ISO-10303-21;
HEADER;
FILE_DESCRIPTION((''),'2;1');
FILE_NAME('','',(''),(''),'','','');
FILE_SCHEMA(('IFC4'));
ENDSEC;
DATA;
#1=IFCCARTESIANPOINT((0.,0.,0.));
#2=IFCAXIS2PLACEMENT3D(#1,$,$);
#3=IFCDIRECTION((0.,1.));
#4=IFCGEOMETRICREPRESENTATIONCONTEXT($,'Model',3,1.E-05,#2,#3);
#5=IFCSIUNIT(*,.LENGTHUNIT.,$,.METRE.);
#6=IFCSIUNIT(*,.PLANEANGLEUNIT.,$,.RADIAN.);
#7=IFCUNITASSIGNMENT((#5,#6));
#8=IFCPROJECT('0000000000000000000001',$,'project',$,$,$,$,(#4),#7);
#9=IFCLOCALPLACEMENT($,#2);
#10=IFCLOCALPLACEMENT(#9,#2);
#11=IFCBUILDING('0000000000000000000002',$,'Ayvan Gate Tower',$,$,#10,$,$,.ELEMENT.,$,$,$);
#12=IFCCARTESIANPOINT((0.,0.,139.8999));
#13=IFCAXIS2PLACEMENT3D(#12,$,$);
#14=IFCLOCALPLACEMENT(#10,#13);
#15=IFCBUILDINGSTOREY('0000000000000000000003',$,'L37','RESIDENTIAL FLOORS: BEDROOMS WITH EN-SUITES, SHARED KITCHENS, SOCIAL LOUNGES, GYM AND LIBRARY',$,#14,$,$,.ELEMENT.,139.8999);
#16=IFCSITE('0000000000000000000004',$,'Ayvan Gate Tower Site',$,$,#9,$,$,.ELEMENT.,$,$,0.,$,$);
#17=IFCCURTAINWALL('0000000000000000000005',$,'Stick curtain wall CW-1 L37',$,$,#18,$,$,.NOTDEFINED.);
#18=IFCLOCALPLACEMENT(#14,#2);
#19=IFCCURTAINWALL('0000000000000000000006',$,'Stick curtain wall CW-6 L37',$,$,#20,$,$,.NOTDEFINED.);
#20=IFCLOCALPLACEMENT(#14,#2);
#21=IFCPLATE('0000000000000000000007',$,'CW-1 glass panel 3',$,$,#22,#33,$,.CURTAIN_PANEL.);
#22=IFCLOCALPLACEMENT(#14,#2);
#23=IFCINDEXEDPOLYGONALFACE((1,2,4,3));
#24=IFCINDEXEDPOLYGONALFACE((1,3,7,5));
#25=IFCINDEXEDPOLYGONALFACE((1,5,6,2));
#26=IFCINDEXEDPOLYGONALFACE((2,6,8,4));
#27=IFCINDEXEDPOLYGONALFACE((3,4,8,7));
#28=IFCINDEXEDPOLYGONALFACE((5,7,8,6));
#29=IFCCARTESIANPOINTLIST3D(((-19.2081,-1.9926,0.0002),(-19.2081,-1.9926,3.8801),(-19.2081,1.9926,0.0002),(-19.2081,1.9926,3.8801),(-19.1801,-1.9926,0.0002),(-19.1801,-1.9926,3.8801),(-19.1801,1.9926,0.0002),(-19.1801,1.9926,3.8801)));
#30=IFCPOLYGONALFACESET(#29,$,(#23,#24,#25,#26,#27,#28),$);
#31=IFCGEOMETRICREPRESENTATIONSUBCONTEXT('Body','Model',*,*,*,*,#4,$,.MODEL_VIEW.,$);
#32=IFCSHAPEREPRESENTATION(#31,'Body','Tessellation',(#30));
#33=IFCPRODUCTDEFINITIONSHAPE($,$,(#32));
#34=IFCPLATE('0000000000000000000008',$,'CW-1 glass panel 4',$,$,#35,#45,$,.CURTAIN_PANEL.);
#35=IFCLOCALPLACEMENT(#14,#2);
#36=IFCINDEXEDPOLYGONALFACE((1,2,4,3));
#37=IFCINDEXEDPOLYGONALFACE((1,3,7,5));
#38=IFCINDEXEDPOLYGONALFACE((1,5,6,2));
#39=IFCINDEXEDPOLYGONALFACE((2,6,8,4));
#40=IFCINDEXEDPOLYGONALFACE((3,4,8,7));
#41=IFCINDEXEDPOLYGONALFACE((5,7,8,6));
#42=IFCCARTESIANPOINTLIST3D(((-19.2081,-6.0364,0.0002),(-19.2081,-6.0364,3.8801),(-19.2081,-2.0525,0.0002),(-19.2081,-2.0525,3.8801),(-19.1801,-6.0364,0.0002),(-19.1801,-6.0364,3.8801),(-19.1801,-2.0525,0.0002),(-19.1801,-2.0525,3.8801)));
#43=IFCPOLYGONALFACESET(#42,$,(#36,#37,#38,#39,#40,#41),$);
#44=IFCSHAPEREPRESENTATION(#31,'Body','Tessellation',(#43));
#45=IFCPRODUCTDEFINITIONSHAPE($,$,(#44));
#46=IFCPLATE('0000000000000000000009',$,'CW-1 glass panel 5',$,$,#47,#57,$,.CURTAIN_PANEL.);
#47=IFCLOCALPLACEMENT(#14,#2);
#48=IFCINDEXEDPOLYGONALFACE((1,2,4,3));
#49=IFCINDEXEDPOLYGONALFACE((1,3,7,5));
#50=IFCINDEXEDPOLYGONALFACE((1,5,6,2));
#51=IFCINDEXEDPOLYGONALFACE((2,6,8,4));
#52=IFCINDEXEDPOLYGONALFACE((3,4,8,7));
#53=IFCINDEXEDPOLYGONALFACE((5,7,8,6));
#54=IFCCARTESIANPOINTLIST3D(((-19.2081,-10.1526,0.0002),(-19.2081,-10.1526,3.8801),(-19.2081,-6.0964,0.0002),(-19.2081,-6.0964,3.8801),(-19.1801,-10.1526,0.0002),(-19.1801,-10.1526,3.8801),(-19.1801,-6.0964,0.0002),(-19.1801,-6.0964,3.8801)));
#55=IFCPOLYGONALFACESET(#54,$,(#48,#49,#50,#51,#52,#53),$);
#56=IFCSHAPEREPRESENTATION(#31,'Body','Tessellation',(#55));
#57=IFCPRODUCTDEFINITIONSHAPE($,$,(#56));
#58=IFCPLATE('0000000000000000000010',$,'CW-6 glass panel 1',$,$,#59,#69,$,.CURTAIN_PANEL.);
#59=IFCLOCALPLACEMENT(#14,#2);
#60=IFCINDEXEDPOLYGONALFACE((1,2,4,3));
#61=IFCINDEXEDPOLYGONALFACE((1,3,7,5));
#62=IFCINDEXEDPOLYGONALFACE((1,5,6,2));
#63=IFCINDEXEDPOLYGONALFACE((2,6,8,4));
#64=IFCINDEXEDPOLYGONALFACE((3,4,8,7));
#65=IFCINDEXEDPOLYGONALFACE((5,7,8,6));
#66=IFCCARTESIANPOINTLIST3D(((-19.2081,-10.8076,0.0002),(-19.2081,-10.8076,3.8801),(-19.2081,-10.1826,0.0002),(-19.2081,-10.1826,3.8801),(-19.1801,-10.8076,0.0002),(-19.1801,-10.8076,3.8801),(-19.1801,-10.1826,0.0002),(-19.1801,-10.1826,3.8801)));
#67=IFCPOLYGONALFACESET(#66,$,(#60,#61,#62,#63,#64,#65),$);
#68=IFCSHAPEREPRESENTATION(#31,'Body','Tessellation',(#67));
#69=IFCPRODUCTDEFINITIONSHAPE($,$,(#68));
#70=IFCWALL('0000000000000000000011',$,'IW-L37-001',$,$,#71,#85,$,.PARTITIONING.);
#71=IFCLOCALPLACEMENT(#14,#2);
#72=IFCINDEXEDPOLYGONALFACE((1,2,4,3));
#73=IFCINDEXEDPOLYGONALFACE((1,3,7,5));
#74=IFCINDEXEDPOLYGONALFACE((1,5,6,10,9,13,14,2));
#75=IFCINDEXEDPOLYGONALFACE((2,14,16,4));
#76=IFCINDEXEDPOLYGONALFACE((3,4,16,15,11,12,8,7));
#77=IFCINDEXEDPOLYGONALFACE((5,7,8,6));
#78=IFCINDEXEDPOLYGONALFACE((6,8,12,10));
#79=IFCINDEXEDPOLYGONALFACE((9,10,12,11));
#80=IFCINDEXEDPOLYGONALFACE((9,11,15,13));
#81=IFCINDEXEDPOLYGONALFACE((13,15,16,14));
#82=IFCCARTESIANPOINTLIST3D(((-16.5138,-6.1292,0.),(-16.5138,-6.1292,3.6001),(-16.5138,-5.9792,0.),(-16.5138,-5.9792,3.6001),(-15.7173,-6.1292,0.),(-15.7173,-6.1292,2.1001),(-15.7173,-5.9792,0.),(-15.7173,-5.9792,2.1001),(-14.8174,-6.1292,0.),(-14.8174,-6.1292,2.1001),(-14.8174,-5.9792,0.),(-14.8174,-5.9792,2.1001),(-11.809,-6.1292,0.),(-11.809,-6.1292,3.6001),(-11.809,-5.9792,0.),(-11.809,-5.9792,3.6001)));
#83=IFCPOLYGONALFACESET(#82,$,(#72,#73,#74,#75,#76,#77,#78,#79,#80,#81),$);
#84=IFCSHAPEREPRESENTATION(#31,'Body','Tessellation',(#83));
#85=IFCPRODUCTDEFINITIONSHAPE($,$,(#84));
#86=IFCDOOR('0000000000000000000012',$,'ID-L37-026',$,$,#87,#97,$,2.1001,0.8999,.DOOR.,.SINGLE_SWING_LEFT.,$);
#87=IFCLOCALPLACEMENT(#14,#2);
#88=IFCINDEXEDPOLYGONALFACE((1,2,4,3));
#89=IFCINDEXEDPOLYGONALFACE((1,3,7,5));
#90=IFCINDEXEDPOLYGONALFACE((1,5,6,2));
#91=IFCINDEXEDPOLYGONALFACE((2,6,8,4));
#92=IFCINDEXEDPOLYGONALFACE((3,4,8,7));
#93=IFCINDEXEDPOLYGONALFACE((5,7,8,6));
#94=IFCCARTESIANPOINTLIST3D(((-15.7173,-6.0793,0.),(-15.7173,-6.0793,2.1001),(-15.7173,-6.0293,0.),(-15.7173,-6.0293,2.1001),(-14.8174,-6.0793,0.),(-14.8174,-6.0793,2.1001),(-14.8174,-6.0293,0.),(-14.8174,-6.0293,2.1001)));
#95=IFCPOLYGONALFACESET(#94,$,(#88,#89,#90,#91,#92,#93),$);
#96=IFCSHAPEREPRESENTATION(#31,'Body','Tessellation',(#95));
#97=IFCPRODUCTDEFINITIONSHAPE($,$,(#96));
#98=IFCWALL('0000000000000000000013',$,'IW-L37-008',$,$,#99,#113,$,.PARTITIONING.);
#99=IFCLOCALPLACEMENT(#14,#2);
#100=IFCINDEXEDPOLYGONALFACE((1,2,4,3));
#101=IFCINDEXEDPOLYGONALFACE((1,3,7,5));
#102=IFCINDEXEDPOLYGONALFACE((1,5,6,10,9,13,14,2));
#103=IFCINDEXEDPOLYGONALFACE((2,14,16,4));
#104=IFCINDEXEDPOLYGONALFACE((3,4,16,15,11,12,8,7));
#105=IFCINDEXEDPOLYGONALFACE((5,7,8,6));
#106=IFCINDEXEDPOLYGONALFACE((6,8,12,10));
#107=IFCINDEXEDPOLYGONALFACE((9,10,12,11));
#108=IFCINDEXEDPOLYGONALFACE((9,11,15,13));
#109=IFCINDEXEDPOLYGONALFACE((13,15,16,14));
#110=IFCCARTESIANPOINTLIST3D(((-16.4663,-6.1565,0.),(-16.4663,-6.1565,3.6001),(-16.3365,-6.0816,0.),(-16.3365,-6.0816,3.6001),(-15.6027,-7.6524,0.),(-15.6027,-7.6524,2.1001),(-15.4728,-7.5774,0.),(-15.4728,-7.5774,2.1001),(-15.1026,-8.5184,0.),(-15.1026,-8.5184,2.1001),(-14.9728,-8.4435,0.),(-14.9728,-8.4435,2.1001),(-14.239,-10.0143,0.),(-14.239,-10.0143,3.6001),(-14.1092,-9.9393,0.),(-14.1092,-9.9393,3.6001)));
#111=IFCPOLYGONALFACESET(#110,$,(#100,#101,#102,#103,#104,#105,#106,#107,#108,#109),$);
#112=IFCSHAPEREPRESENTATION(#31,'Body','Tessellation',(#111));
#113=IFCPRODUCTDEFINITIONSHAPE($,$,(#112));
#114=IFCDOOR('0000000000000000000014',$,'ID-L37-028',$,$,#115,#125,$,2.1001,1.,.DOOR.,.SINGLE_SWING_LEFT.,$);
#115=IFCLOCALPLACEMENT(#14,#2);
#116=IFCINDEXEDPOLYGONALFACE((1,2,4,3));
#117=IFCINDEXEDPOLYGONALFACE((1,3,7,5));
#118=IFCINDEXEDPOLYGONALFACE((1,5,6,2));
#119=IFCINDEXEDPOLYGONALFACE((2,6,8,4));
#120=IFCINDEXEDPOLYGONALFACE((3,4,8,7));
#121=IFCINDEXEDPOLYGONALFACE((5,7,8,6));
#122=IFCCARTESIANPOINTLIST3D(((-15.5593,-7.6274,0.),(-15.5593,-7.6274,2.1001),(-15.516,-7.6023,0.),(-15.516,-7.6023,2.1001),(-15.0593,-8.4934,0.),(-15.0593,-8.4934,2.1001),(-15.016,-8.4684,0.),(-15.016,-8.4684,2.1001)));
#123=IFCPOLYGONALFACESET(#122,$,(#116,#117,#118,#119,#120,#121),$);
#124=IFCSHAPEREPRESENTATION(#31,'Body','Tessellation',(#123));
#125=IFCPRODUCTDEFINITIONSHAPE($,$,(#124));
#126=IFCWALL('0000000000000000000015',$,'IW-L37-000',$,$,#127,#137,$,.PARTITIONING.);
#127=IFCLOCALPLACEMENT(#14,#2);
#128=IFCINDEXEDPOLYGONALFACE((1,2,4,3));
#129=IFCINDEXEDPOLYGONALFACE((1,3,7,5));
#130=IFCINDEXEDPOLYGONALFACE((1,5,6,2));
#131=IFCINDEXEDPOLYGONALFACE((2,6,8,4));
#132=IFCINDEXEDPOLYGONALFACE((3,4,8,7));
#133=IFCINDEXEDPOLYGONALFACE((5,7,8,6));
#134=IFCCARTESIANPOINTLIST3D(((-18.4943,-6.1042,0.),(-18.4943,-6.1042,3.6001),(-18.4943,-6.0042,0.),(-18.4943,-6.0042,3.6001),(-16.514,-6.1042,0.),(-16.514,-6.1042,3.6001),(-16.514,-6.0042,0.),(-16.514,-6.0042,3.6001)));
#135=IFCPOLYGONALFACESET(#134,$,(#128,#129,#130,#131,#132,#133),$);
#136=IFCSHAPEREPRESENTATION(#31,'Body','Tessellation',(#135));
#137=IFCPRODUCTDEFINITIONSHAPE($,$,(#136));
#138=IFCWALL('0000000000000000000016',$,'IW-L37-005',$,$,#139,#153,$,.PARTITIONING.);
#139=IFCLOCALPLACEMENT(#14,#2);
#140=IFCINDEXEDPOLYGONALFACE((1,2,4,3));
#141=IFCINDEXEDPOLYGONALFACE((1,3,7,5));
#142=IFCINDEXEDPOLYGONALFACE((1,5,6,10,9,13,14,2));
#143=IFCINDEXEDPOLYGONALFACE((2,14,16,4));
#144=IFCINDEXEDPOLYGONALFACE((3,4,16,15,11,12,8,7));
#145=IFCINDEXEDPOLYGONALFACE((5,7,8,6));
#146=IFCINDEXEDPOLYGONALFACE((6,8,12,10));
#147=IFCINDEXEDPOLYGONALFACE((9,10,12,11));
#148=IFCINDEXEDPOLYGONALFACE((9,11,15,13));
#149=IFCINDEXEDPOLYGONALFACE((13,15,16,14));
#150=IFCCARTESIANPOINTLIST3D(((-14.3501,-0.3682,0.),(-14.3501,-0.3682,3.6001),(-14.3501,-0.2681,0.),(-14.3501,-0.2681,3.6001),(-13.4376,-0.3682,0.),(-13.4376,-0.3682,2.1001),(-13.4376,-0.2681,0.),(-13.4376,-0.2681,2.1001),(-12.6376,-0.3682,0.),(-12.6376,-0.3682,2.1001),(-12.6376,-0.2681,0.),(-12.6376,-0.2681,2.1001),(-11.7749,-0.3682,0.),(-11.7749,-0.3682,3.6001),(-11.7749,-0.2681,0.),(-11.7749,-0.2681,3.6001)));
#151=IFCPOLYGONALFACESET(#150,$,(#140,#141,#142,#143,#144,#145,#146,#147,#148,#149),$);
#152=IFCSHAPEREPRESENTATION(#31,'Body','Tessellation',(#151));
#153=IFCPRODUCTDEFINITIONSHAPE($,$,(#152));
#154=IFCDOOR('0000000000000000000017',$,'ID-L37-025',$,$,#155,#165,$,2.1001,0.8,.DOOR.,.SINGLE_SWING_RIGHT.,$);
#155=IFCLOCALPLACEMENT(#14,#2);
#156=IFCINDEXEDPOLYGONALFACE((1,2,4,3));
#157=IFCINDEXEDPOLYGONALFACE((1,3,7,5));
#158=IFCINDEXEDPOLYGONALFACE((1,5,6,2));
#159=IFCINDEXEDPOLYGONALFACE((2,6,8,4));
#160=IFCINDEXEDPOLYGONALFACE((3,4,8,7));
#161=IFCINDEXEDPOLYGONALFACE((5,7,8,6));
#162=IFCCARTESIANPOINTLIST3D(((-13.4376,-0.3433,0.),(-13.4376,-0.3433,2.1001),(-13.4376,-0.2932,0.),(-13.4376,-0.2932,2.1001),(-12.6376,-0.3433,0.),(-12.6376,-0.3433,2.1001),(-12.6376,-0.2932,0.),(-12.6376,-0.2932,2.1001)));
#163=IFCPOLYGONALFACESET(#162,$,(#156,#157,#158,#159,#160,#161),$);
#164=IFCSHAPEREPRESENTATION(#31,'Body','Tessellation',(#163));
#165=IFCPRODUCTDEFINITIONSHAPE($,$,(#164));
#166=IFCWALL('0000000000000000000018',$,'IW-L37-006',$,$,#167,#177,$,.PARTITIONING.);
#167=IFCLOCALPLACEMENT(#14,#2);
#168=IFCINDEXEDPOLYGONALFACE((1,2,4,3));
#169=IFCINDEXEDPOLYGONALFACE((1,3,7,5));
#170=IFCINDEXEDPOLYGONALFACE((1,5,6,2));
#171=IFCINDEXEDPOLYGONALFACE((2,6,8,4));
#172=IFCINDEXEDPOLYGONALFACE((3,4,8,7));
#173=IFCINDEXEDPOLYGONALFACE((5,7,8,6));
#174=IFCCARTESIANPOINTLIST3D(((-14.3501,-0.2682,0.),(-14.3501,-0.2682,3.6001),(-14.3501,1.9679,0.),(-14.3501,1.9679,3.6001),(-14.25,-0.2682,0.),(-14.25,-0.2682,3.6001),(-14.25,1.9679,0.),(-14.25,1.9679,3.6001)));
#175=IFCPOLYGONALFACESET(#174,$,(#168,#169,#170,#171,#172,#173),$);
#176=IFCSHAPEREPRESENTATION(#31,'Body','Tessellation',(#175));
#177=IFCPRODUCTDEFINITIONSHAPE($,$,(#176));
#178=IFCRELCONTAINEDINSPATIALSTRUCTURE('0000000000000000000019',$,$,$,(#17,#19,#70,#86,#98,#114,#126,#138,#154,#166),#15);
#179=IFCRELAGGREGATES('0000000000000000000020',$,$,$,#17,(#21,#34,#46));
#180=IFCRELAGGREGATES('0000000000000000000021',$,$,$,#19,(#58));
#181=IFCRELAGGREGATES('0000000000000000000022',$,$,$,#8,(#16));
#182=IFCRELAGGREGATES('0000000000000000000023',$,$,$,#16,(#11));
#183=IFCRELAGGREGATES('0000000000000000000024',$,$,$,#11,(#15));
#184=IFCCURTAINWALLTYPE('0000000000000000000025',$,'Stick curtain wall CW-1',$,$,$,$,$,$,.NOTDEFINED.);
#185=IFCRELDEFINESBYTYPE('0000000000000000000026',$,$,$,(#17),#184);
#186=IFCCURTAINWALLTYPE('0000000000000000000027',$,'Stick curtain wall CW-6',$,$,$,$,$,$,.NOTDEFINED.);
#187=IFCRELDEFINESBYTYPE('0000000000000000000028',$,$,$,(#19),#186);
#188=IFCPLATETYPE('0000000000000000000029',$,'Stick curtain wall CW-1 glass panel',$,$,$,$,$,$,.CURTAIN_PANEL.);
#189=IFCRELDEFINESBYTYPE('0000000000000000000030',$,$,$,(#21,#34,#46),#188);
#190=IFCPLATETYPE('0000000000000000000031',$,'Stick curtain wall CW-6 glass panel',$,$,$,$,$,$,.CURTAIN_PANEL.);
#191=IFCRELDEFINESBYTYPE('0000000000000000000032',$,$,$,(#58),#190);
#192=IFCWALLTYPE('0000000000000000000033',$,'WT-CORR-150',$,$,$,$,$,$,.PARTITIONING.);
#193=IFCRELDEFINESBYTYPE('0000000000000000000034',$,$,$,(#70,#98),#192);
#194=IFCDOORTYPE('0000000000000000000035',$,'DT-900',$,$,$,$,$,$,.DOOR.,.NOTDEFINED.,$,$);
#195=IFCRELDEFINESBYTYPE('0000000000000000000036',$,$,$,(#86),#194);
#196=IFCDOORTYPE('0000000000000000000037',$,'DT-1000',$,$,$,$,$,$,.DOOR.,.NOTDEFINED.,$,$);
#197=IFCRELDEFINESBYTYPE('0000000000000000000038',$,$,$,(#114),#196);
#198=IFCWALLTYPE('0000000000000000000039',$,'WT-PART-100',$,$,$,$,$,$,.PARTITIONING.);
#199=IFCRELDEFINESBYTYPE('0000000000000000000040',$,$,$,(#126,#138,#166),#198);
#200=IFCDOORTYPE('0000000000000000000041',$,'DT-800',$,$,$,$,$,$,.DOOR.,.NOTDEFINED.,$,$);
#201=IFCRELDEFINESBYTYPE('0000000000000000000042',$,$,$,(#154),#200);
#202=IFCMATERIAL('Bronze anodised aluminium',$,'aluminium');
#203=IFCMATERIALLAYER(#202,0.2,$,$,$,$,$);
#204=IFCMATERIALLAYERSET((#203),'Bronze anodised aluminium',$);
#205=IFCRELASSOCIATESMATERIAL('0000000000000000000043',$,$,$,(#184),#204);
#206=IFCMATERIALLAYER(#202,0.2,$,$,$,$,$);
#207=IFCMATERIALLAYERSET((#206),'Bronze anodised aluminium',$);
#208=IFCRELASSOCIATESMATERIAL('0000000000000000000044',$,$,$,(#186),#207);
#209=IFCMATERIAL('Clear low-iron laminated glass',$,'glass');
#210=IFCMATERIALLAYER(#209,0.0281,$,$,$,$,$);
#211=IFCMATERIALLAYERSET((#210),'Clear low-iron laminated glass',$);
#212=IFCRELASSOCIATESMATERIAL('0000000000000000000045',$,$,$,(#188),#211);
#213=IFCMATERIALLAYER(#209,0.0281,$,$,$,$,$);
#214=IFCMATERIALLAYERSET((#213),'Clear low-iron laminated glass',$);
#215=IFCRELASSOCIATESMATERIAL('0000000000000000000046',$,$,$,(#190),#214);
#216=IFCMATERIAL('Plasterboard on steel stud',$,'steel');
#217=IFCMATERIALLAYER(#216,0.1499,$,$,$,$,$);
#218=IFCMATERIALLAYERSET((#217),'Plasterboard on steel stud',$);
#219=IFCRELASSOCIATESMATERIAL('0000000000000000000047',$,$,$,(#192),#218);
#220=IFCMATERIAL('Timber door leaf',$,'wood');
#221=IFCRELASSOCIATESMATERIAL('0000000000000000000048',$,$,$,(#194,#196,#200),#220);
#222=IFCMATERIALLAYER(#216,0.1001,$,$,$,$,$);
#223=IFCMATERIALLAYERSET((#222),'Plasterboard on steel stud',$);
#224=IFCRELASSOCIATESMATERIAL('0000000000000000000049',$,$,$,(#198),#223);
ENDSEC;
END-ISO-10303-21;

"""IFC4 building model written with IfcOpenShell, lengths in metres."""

from ifc_helpers import new_model, si_unit, direction, frame, frame_2d, origin, origin_2d, place, context, subcontext, project, spatial, rectangle, extrude, material, layer, layer_set, type_object, element, fill, aggregate, save


model = new_model("IFC4")

# Units and contexts
model_context = context("Model", 3, precision=1e-05, world=origin(), true_north=direction((0.0, 1.0)))
body_context = subcontext(model_context, "Body", "Model", "MODEL_VIEW")
ifc_project = project(units=[si_unit("LENGTHUNIT", "METRE"), si_unit("PLANEANGLEUNIT", "RADIAN")], contexts=[model_context])

# Site, building, storey
site_placement = place(None, origin())
site = spatial("IfcSite", under=ifc_project, at=site_placement, Name="Ayvan Gate Tower Site", CompositionType="ELEMENT", RefElevation=0.0)
building_placement = place(site_placement, origin())
building = spatial("IfcBuilding", under=site, at=building_placement, Name="Ayvan Gate Tower", CompositionType="ELEMENT")
storey_placement = place(building_placement, frame((0.0, 0.0, 139.8999)))
storey = spatial("IfcBuildingStorey", under=building, at=storey_placement, Name="L37", Description="RESIDENTIAL FLOORS: BEDROOMS WITH EN-SUITES, SHARED KITCHENS, SOCIAL LOUNGES, GYM AND LIBRARY", CompositionType="ELEMENT", Elevation=139.8999)

# Curtain wall
ifc_material_1 = material(Name="Bronze anodised aluminium", Category="aluminium")
ifc_layer_1 = layer(ifc_material_1, 0.2)
ifc_layer_set_1 = layer_set([ifc_layer_1], Name="Bronze anodised aluminium")
curtain_wall_type_1 = type_object("IfcCurtainWallType", Name="Stick curtain wall CW-1", PredefinedType="NOTDEFINED", material=ifc_layer_set_1)
curtain_wall_1_placement = place(storey_placement, origin())
curtain_wall_1 = element("IfcCurtainWall", 1, at=curtain_wall_1_placement, inside=storey, type_object=curtain_wall_type_1, Name="Stick curtain wall CW-1 L37", PredefinedType="NOTDEFINED")

# Curtain wall
ifc_layer_2 = layer(ifc_material_1, 0.2)
ifc_layer_set_2 = layer_set([ifc_layer_2], Name="Bronze anodised aluminium")
curtain_wall_type_2 = type_object("IfcCurtainWallType", Name="Stick curtain wall CW-6", PredefinedType="NOTDEFINED", material=ifc_layer_set_2)
curtain_wall_2_placement = place(storey_placement, origin())
curtain_wall_2 = element("IfcCurtainWall", 2, at=curtain_wall_2_placement, inside=storey, type_object=curtain_wall_type_2, Name="Stick curtain wall CW-6 L37", PredefinedType="NOTDEFINED")

# Plates
ifc_material_2 = material(Name="Clear low-iron laminated glass", Category="glass")
ifc_layer_3 = layer(ifc_material_2, 0.0281)
ifc_layer_set_3 = layer_set([ifc_layer_3], Name="Clear low-iron laminated glass")
plate_type_1 = type_object("IfcPlateType", Name="Stick curtain wall CW-1 glass panel", PredefinedType="CURTAIN_PANEL", material=ifc_layer_set_3)
plate_1_placement = place(storey_placement, frame((-19.1941, 0.0, 0.0002), z_axis=(0.0, 0.0, 1.0), x_axis=(0.0, -1.0, 0.0)))
plate_1 = element("IfcPlate", 3, at=plate_1_placement, type_object=plate_type_1, Name="CW-1 glass panel 3", PredefinedType="CURTAIN_PANEL", context=body_context, shape_type="SweptSolid", body=[
    extrude(rectangle(XDim=3.9851, YDim=0.0281, at=origin_2d()), origin(), (0.0, 0.0, 1.0), 3.8799),
])
plate_2_placement = place(storey_placement, frame((-19.1941, -4.0444, 0.0002), z_axis=(0.0, 0.0, 1.0), x_axis=(0.0, -1.0, 0.0)))
plate_2 = element("IfcPlate", 4, at=plate_2_placement, type_object=plate_type_1, Name="CW-1 glass panel 4", PredefinedType="CURTAIN_PANEL", context=body_context, shape_type="SweptSolid", body=[
    extrude(rectangle(XDim=3.9839, YDim=0.0281, at=origin_2d()), origin(), (0.0, 0.0, 1.0), 3.8799),
])
plate_3_placement = place(storey_placement, frame((-19.1941, -8.1245, 0.0002), z_axis=(0.0, 0.0, 1.0), x_axis=(0.0, -1.0, 0.0)))
plate_3 = element("IfcPlate", 5, at=plate_3_placement, type_object=plate_type_1, Name="CW-1 glass panel 5", PredefinedType="CURTAIN_PANEL", context=body_context, shape_type="SweptSolid", body=[
    extrude(rectangle(XDim=4.0562, YDim=0.0281, at=origin_2d()), origin(), (0.0, 0.0, 1.0), 3.8799),
])
aggregate(curtain_wall_1, [plate_1, plate_2, plate_3])
ifc_layer_4 = layer(ifc_material_2, 0.0281)
ifc_layer_set_4 = layer_set([ifc_layer_4], Name="Clear low-iron laminated glass")
plate_type_2 = type_object("IfcPlateType", Name="Stick curtain wall CW-6 glass panel", PredefinedType="CURTAIN_PANEL", material=ifc_layer_set_4)
plate_4_placement = place(storey_placement, frame((-19.1941, -10.4951, 0.0002), z_axis=(0.0, 0.0, 1.0), x_axis=(0.0, -1.0, 0.0)))
plate_4 = element("IfcPlate", 6, at=plate_4_placement, type_object=plate_type_2, Name="CW-6 glass panel 1", PredefinedType="CURTAIN_PANEL", context=body_context, shape_type="SweptSolid", body=[
    extrude(rectangle(XDim=0.625, YDim=0.0281, at=origin_2d()), origin(), (0.0, 0.0, 1.0), 3.8799),
])
aggregate(curtain_wall_2, [plate_4])

# Walls, openings, doors
ifc_material_3 = material(Name="Plasterboard on steel stud", Category="steel")
ifc_layer_5 = layer(ifc_material_3, 0.1499)
ifc_layer_set_5 = layer_set([ifc_layer_5], Name="Plasterboard on steel stud")
wall_type_1 = type_object("IfcWallType", Name="WT-CORR-150", PredefinedType="PARTITIONING", material=ifc_layer_set_5)
wall_1_placement = place(storey_placement, frame((-16.5139, -6.0542, 0.0), z_axis=(0.0, 0.0, 1.0), x_axis=(1.0, 0.0, 0.0)))
wall_1 = element("IfcWall", 7, at=wall_1_placement, inside=storey, type_object=wall_type_1, Name="IW-L37-001", PredefinedType="PARTITIONING", context=body_context, shape_type="SweptSolid", body=[
    extrude(rectangle(XDim=4.7048, YDim=0.1499, at=frame_2d((2.3525, 0.0))), origin(), (0.0, 0.0, 1.0), 3.6001),
])
opening_1_placement = place(wall_1_placement, frame((0.7966, 0.0, 0.0)))
opening_1 = element("IfcOpeningElement", 8, at=opening_1_placement, cuts=wall_1, PredefinedType="OPENING", context=body_context, shape_type="SweptSolid", body=[
    extrude(rectangle(XDim=0.8999, YDim=2.1001, at=frame_2d((0.45, 1.05))), frame((0.0, 0.085, 0.0), z_axis=(0.0, -1.0, 0.0), x_axis=(1.0, 0.0, 0.0)), (0.0, 0.0, 1.0), 0.1699),
])
ifc_material_4 = material(Name="Timber door leaf", Category="wood")
door_type_1 = type_object("IfcDoorType", Name="DT-900", OperationType="NOTDEFINED", PredefinedType="DOOR", material=ifc_material_4)
door_1_placement = place(opening_1_placement, origin())
door_1 = element("IfcDoor", 9, at=door_1_placement, inside=storey, type_object=door_type_1, Name="ID-L37-026", OperationType="SINGLE_SWING_LEFT", OverallHeight=2.1001, OverallWidth=0.8999, PredefinedType="DOOR", context=body_context, shape_type="SweptSolid", body=[
    extrude(rectangle(XDim=0.8999, YDim=2.1001, at=frame_2d((0.45, 1.05))), frame((0.0, 0.0249, 0.0), z_axis=(0.0, -1.0, 0.0), x_axis=(1.0, 0.0, 0.0)), (0.0, 0.0, 1.0), 0.05),
])
fill(opening_1, door_1)
wall_2_placement = place(storey_placement, frame((-14.1741, -9.9768, 0.0), z_axis=(0.0, 0.0, 1.0), x_axis=(-0.500012, 0.866019, 0.0)))
wall_2 = element("IfcWall", 10, at=wall_2_placement, inside=storey, type_object=wall_type_1, Name="IW-L37-008", PredefinedType="PARTITIONING", context=body_context, shape_type="SweptSolid", body=[
    extrude(rectangle(XDim=4.4546, YDim=0.1499, at=frame_2d((2.2273, 0.0))), origin(), (0.0, 0.0, 1.0), 3.6001),
])
opening_2_placement = place(wall_2_placement, frame((1.7273, 0.0, 0.0)))
opening_2 = element("IfcOpeningElement", 11, at=opening_2_placement, cuts=wall_2, PredefinedType="OPENING", context=body_context, shape_type="SweptSolid", body=[
    extrude(rectangle(XDim=1.0, YDim=2.1001, at=frame_2d((0.5, 1.05))), frame((0.0, 0.085, 0.0), z_axis=(0.0, -1.0, 0.0), x_axis=(1.0, 0.0, 0.0)), (0.0, 0.0, 1.0), 0.1699),
])
door_type_2 = type_object("IfcDoorType", Name="DT-1000", OperationType="NOTDEFINED", PredefinedType="DOOR", material=ifc_material_4)
door_2_placement = place(opening_2_placement, origin())
door_2 = element("IfcDoor", 12, at=door_2_placement, inside=storey, type_object=door_type_2, Name="ID-L37-028", OperationType="SINGLE_SWING_LEFT", OverallHeight=2.1001, OverallWidth=1.0, PredefinedType="DOOR", context=body_context, shape_type="SweptSolid", body=[
    extrude(rectangle(XDim=1.0, YDim=2.1001, at=frame_2d((0.5, 1.05))), frame((0.0, 0.0249, 0.0), z_axis=(0.0, -1.0, 0.0), x_axis=(1.0, 0.0, 0.0)), (0.0, 0.0, 1.0), 0.05),
])
fill(opening_2, door_2)

# Wall
ifc_layer_6 = layer(ifc_material_3, 0.1001)
ifc_layer_set_6 = layer_set([ifc_layer_6], Name="Plasterboard on steel stud")
wall_type_2 = type_object("IfcWallType", Name="WT-PART-100", PredefinedType="PARTITIONING", material=ifc_layer_set_6)
wall_3_placement = place(storey_placement, frame((-16.5139, -6.0542, 0.0), z_axis=(0.0, 0.0, 1.0), x_axis=(-1.0, 0.0, 0.0)))
element("IfcWall", 13, at=wall_3_placement, inside=storey, type_object=wall_type_2, Name="IW-L37-000", PredefinedType="PARTITIONING", context=body_context, shape_type="SweptSolid", body=[
    extrude(rectangle(XDim=1.9802, YDim=0.1001, at=frame_2d((0.9902, 0.0))), origin(), (0.0, 0.0, 1.0), 3.6001),
])

# Wall, opening, door
wall_4_placement = place(storey_placement, frame((-14.3501, -0.3181, 0.0), z_axis=(0.0, 0.0, 1.0), x_axis=(1.0, 0.0, 0.0)))
wall_4 = element("IfcWall", 14, at=wall_4_placement, inside=storey, type_object=wall_type_2, Name="IW-L37-005", PredefinedType="PARTITIONING", context=body_context, shape_type="SweptSolid", body=[
    extrude(rectangle(XDim=2.5752, YDim=0.1001, at=frame_2d((1.2876, 0.0))), origin(), (0.0, 0.0, 1.0), 3.6001),
])
opening_3_placement = place(wall_4_placement, frame((0.9126, 0.0, 0.0)))
opening_3 = element("IfcOpeningElement", 15, at=opening_3_placement, cuts=wall_4, PredefinedType="OPENING", context=body_context, shape_type="SweptSolid", body=[
    extrude(rectangle(XDim=0.8, YDim=2.1001, at=frame_2d((0.3999, 1.05))), frame((0.0, 0.0601, 0.0), z_axis=(0.0, -1.0, 0.0), x_axis=(1.0, 0.0, 0.0)), (0.0, 0.0, 1.0), 0.1201),
])
door_type_3 = type_object("IfcDoorType", Name="DT-800", OperationType="NOTDEFINED", PredefinedType="DOOR", material=ifc_material_4)
door_3_placement = place(opening_3_placement, origin())
door_3 = element("IfcDoor", 16, at=door_3_placement, inside=storey, type_object=door_type_3, Name="ID-L37-025", OperationType="SINGLE_SWING_RIGHT", OverallHeight=2.1001, OverallWidth=0.8, PredefinedType="DOOR", context=body_context, shape_type="SweptSolid", body=[
    extrude(rectangle(XDim=0.8, YDim=2.1001, at=frame_2d((0.3999, 1.05))), frame((0.0, 0.0249, 0.0), z_axis=(0.0, -1.0, 0.0), x_axis=(1.0, 0.0, 0.0)), (0.0, 0.0, 1.0), 0.05),
])
fill(opening_3, door_3)

# Wall
wall_5_placement = place(storey_placement, frame((-14.3, 1.968, 0.0), z_axis=(0.0, 0.0, 1.0), x_axis=(0.0, -1.0, 0.0)))
element("IfcWall", 17, at=wall_5_placement, inside=storey, type_object=wall_type_2, Name="IW-L37-006", PredefinedType="PARTITIONING", context=body_context, shape_type="SweptSolid", body=[
    extrude(rectangle(XDim=2.2361, YDim=0.1001, at=frame_2d((1.1182, 0.0))), origin(), (0.0, 0.0, 1.0), 3.6001),
])

save(model, "model.ifc")
